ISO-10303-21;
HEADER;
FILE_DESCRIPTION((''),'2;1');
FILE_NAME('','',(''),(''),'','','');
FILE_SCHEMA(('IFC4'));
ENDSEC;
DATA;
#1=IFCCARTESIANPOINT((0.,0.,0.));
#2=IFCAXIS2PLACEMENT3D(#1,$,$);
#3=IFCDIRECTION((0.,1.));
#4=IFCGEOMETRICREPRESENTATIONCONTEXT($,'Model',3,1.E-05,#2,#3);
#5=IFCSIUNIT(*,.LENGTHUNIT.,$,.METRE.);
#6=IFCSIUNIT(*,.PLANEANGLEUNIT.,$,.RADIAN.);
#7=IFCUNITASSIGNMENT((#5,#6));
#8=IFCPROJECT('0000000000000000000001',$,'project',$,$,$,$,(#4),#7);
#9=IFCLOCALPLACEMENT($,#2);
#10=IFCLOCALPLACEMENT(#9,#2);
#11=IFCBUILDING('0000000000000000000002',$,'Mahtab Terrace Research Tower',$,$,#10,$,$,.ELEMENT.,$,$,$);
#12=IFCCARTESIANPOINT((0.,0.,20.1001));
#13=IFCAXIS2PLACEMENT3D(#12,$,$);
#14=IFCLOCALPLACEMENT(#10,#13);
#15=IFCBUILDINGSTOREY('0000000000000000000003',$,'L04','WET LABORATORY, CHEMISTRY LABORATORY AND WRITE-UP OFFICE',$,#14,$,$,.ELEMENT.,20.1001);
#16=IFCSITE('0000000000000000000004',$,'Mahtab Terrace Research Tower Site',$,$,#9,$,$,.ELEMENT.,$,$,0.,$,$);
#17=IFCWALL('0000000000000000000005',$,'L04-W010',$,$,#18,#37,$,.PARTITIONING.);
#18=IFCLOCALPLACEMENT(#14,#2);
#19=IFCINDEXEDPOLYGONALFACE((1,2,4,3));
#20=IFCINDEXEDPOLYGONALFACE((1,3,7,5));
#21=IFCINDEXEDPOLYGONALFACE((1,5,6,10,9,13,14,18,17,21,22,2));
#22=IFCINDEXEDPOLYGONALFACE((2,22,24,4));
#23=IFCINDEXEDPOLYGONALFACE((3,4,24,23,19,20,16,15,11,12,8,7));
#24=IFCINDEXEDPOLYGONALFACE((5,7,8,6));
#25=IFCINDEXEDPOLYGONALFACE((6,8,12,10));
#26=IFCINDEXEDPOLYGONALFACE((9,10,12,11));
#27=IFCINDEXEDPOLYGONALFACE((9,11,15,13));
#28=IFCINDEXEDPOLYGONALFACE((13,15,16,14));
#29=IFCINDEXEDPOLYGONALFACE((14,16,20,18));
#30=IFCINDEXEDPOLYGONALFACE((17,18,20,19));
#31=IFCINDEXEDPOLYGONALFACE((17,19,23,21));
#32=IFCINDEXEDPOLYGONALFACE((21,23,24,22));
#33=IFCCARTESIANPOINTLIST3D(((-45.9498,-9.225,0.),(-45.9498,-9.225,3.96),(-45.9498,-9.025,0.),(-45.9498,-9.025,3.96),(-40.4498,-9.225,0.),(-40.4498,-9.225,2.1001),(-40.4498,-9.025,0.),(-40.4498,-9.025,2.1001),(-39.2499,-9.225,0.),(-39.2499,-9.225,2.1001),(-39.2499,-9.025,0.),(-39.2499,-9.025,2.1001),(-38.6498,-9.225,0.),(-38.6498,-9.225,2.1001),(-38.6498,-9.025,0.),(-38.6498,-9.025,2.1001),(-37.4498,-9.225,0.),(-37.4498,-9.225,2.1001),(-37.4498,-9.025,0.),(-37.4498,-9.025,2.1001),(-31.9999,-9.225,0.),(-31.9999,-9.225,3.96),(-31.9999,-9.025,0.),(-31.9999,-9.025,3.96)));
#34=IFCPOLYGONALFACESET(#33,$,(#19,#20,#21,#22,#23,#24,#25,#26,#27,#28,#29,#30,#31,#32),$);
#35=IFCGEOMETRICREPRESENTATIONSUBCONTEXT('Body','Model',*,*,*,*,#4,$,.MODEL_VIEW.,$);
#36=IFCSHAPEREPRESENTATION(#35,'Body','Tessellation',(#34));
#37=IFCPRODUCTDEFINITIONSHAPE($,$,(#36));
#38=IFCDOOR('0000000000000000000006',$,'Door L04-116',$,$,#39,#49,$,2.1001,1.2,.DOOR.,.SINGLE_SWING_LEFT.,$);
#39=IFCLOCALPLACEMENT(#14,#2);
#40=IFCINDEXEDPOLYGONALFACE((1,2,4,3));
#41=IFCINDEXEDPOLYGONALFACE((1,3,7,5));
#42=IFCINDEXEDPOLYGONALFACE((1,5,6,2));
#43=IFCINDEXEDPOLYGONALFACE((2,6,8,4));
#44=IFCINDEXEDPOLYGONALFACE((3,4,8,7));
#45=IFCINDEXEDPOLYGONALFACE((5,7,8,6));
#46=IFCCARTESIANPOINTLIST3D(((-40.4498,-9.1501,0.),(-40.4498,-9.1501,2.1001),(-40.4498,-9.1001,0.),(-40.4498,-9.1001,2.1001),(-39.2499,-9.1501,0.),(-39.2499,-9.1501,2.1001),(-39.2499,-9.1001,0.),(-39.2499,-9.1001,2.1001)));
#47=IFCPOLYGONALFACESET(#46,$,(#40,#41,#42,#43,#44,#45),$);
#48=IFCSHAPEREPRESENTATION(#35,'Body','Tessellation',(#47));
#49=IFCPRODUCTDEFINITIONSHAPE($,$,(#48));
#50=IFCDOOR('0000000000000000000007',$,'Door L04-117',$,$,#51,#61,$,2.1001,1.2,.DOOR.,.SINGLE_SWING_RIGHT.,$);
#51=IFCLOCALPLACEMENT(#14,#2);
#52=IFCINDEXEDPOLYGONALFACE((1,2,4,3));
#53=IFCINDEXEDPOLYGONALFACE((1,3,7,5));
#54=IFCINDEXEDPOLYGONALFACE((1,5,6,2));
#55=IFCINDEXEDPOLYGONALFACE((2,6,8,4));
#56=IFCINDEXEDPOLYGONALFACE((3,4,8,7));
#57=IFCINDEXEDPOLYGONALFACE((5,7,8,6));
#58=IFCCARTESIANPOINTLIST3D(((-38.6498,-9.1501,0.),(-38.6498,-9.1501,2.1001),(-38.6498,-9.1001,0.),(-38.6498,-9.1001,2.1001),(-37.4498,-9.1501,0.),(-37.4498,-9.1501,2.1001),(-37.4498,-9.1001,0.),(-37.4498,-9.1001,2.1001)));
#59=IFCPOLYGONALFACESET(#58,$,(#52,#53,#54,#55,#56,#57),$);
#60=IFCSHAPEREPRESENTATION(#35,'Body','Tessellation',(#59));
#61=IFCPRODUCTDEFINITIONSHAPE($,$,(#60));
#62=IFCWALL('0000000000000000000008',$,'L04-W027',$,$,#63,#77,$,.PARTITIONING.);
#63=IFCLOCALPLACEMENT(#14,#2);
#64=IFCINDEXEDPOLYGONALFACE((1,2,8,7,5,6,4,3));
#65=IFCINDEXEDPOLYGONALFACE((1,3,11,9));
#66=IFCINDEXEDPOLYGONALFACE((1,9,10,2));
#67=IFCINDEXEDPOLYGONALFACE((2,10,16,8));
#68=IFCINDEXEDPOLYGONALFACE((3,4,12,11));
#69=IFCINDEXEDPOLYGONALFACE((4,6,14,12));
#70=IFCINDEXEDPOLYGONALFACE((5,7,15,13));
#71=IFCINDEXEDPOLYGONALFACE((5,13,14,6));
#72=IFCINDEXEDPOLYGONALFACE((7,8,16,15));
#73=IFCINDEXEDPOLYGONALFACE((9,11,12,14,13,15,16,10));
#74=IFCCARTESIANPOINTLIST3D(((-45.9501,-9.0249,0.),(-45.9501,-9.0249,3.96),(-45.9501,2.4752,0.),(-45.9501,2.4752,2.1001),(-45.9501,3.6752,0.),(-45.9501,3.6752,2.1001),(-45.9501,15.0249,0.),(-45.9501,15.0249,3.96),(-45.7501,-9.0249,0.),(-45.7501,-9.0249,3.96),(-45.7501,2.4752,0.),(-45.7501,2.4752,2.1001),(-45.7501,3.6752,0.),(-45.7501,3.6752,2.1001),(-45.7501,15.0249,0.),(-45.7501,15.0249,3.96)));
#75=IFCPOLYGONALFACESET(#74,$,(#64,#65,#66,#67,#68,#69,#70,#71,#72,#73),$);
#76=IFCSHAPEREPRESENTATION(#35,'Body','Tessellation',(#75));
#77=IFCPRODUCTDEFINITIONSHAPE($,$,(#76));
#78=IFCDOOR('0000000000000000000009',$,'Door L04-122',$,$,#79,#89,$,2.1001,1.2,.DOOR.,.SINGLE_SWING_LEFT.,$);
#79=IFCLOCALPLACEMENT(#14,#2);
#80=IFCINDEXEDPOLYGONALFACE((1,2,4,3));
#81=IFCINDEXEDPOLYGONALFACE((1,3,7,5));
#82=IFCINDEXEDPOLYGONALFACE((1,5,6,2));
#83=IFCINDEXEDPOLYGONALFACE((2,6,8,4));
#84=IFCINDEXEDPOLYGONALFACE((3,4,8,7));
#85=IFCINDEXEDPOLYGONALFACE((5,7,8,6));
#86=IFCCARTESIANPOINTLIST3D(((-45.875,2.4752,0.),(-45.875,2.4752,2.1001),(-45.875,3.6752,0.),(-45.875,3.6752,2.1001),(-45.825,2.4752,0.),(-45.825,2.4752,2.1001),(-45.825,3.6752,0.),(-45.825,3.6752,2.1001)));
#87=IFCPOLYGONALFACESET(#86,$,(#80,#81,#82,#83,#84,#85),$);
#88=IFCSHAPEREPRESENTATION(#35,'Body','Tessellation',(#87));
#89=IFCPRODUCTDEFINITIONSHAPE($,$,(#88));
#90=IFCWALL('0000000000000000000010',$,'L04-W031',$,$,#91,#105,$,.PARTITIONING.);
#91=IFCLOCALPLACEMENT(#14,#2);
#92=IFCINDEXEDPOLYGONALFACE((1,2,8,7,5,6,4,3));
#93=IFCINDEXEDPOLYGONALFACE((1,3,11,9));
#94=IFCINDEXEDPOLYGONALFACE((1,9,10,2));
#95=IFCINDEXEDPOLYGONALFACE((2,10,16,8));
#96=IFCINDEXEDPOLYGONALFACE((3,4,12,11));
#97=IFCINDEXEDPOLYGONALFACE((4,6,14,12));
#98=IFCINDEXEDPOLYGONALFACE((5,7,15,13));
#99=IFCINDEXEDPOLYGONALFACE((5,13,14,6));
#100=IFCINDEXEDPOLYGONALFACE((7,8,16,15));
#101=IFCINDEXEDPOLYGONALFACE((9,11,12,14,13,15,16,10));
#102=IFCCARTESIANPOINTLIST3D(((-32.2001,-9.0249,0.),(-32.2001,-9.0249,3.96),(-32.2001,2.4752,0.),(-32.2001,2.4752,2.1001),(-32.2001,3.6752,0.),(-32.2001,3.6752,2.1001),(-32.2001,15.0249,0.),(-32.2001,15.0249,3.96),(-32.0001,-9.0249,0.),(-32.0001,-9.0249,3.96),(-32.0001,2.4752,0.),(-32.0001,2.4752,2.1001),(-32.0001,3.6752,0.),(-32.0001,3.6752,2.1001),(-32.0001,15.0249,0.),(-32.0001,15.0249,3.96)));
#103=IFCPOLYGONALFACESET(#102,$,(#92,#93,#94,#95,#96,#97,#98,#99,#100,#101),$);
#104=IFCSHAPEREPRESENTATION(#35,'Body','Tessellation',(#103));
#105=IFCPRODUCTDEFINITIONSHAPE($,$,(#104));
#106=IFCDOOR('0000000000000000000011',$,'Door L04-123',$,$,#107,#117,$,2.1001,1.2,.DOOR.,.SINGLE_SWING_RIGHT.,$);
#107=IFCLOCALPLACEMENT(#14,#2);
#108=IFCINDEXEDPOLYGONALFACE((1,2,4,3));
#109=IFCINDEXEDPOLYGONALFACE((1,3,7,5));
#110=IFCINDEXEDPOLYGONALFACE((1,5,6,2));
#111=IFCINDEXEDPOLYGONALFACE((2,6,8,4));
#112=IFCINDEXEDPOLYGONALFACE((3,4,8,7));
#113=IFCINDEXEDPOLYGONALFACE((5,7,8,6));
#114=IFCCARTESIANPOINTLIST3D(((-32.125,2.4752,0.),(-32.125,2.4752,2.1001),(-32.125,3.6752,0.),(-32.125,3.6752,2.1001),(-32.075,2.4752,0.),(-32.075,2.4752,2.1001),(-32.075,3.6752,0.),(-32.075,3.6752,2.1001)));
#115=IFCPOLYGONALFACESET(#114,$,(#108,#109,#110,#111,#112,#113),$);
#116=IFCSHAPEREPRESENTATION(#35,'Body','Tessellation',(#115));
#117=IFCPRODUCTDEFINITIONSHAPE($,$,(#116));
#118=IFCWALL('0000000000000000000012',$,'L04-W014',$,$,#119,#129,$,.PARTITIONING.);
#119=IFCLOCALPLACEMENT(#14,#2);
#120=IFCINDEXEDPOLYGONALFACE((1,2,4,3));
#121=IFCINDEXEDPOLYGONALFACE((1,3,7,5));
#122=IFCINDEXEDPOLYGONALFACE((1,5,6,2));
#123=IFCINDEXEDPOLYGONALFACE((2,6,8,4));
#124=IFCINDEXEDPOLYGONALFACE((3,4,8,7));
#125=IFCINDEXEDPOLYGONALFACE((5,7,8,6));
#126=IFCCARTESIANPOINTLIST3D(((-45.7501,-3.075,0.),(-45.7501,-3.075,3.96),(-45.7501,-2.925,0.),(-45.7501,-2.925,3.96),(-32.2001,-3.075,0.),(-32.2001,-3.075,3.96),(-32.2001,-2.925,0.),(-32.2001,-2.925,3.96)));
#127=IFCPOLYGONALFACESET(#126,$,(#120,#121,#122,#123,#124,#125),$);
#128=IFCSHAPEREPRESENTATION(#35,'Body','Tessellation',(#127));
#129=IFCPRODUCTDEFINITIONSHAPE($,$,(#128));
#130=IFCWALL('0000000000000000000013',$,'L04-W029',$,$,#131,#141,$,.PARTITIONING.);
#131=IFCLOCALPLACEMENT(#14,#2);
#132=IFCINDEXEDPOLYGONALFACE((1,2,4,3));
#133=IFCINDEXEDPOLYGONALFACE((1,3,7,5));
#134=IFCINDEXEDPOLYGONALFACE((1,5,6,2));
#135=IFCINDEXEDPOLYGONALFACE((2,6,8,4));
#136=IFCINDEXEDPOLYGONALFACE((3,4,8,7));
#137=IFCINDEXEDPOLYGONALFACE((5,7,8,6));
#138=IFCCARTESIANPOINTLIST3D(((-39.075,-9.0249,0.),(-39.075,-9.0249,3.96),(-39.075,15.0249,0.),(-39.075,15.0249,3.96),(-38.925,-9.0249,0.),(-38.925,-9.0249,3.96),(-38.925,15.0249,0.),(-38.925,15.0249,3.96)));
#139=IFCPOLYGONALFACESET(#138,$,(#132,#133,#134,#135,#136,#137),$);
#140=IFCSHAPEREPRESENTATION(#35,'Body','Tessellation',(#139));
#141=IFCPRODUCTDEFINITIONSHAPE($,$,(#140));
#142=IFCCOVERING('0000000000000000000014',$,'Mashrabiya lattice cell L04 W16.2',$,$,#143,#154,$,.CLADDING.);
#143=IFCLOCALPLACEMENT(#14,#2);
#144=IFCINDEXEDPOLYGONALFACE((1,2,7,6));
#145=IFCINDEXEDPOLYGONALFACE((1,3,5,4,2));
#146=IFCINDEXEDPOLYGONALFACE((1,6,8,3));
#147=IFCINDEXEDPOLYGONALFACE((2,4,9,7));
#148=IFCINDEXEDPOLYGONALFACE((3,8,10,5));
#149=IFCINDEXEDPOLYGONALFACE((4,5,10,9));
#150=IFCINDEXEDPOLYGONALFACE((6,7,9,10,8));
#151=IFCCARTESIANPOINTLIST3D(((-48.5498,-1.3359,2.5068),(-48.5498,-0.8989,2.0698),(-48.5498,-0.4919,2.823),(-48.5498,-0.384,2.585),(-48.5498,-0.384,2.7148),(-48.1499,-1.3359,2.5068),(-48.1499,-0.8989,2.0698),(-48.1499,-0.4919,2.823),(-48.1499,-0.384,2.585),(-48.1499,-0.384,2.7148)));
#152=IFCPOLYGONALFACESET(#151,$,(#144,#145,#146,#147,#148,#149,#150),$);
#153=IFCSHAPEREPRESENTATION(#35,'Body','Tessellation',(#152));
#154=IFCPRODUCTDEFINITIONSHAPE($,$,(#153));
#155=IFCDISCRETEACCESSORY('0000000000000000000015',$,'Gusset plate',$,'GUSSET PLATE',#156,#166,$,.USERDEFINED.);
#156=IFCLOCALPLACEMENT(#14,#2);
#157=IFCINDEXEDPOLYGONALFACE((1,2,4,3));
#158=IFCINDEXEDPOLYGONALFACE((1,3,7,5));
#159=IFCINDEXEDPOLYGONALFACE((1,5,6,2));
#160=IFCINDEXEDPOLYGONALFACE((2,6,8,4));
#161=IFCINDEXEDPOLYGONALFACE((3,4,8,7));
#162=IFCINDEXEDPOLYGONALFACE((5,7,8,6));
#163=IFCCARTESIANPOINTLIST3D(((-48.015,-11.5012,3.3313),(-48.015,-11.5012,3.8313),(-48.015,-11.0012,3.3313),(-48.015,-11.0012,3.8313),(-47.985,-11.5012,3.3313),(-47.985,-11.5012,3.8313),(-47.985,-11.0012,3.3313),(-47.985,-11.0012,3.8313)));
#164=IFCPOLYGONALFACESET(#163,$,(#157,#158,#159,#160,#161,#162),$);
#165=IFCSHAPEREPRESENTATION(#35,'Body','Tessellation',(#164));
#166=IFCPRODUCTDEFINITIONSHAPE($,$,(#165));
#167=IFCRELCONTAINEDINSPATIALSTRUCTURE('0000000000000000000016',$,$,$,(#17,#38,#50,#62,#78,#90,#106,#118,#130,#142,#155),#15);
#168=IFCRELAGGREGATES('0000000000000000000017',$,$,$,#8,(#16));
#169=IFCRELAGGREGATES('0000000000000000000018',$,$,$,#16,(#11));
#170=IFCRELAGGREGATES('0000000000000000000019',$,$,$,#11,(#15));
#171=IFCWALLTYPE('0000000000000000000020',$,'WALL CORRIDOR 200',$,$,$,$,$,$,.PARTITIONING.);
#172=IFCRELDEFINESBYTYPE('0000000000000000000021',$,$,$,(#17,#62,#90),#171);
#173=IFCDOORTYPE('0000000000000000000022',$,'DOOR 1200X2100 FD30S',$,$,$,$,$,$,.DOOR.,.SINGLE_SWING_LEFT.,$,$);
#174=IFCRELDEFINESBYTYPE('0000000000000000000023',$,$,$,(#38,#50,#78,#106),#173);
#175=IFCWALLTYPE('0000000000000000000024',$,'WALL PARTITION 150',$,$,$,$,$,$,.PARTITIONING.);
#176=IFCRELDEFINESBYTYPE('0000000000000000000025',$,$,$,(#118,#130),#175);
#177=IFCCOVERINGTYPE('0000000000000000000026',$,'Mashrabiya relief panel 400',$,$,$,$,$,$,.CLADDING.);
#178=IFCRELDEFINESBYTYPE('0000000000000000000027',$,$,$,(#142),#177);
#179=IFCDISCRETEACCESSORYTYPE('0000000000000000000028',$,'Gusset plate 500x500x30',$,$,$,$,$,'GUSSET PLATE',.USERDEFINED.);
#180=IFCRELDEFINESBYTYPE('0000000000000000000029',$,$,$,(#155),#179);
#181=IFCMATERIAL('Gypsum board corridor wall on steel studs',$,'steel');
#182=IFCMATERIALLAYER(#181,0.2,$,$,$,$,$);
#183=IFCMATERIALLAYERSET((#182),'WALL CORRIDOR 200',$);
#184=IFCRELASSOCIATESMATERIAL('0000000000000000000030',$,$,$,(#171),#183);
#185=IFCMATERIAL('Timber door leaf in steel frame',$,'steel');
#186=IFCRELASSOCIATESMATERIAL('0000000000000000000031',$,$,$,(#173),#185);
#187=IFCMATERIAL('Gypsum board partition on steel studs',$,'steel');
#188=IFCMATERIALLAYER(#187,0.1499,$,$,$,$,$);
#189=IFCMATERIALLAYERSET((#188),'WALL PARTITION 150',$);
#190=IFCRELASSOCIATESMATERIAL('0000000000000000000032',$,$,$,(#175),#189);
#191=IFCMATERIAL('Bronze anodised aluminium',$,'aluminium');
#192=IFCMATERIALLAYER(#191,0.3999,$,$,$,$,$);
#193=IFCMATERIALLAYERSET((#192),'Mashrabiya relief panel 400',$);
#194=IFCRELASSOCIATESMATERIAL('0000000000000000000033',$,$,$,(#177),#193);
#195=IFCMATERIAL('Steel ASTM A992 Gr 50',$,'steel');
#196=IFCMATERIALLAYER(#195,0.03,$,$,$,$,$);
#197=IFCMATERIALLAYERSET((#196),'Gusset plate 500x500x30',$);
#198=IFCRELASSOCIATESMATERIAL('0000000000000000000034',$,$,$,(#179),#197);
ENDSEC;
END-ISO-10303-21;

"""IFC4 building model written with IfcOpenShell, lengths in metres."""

from ifc_helpers import new_model, si_unit, direction, frame, frame_2d, origin, origin_2d, place, context, subcontext, project, spatial, polyline, rectangle, outline, extrude, material, layer, layer_set, type_object, element, fill, save


model = new_model("IFC4")

# Units and contexts
model_context = context("Model", 3, precision=1e-05, world=origin(), true_north=direction((0.0, 1.0)))
body_context = subcontext(model_context, "Body", "Model", "MODEL_VIEW")
ifc_project = project(units=[si_unit("LENGTHUNIT", "METRE"), si_unit("PLANEANGLEUNIT", "RADIAN")], contexts=[model_context])

# Site, building, storey
site_placement = place(None, origin())
site = spatial("IfcSite", under=ifc_project, at=site_placement, Name="Mahtab Terrace Research Tower Site", CompositionType="ELEMENT", RefElevation=0.0)
building_placement = place(site_placement, origin())
building = spatial("IfcBuilding", under=site, at=building_placement, Name="Mahtab Terrace Research Tower", CompositionType="ELEMENT")
storey_placement = place(building_placement, frame((0.0, 0.0, 20.1001)))
storey = spatial("IfcBuildingStorey", under=building, at=storey_placement, Name="L04", Description="WET LABORATORY, CHEMISTRY LABORATORY AND WRITE-UP OFFICE", CompositionType="ELEMENT", Elevation=20.1001)

# Shared definitions
ifc_material_1 = material(Name="Steel ASTM A992 Gr 50", Category="steel")

# Shared definitions
ifc_material_2 = material(Name="Gypsum board corridor wall on steel studs", Category="steel")
ifc_layer_1 = layer(ifc_material_2, 0.2)
ifc_layer_set_1 = layer_set([ifc_layer_1], Name="WALL CORRIDOR 200")
wall_type_1 = type_object("IfcWallType", Name="WALL CORRIDOR 200", PredefinedType="PARTITIONING", material=ifc_layer_set_1)
ifc_material_3 = material(Name="Timber door leaf in steel frame", Category="steel")
door_type = type_object("IfcDoorType", Name="DOOR 1200X2100 FD30S", OperationType="SINGLE_SWING_LEFT", PredefinedType="DOOR", material=ifc_material_3)

# Wall, openings, doors
wall_1_placement = place(storey_placement, frame((-45.95, -9.125, 0.0), z_axis=(0.0, 0.0, 1.0), x_axis=(1.0, 0.0, 0.0)))
wall_1 = element("IfcWall", 1, at=wall_1_placement, inside=storey, type_object=wall_type_1, Name="L04-W010", PredefinedType="PARTITIONING", context=body_context, shape_type="SweptSolid", body=[
    extrude(rectangle(XDim=13.95, YDim=0.2, at=frame_2d((6.9751, 0.0))), origin(), (0.0, 0.0, 1.0), 3.96),
])
opening_1_placement = place(wall_1_placement, frame((5.5, 0.0, 0.0)))
opening_1 = element("IfcOpeningElement", 2, at=opening_1_placement, cuts=wall_1, PredefinedType="OPENING", context=body_context, shape_type="SweptSolid", body=[
    extrude(rectangle(XDim=1.2, YDim=2.1001, at=frame_2d((0.6001, 1.05))), frame((0.0, 0.1099, 0.0), z_axis=(0.0, -1.0, 0.0), x_axis=(1.0, 0.0, 0.0)), (0.0, 0.0, 1.0), 0.22),
])
opening_2_placement = place(wall_1_placement, frame((7.3, 0.0, 0.0)))
opening_2 = element("IfcOpeningElement", 3, at=opening_2_placement, cuts=wall_1, PredefinedType="OPENING", context=body_context, shape_type="SweptSolid", body=[
    extrude(rectangle(XDim=1.2, YDim=2.1001, at=frame_2d((0.6001, 1.05))), frame((0.0, 0.1099, 0.0), z_axis=(0.0, -1.0, 0.0), x_axis=(1.0, 0.0, 0.0)), (0.0, 0.0, 1.0), 0.22),
])
door_1_placement = place(opening_1_placement, origin())
door_1 = element("IfcDoor", 4, at=door_1_placement, inside=storey, type_object=door_type, Name="Door L04-116", OperationType="SINGLE_SWING_LEFT", OverallHeight=2.1001, OverallWidth=1.2, PredefinedType="DOOR", context=body_context, shape_type="SweptSolid", body=[
    extrude(rectangle(XDim=1.2, YDim=2.1001, at=frame_2d((0.6001, 1.05))), frame((0.0, 0.0249, 0.0), z_axis=(0.0, -1.0, 0.0), x_axis=(1.0, 0.0, 0.0)), (0.0, 0.0, 1.0), 0.05),
])
fill(opening_1, door_1)
door_2_placement = place(opening_2_placement, origin())
door_2 = element("IfcDoor", 5, at=door_2_placement, inside=storey, type_object=door_type, Name="Door L04-117", OperationType="SINGLE_SWING_RIGHT", OverallHeight=2.1001, OverallWidth=1.2, PredefinedType="DOOR", context=body_context, shape_type="SweptSolid", body=[
    extrude(rectangle(XDim=1.2, YDim=2.1001, at=frame_2d((0.6001, 1.05))), frame((0.0, 0.0249, 0.0), z_axis=(0.0, -1.0, 0.0), x_axis=(1.0, 0.0, 0.0)), (0.0, 0.0, 1.0), 0.05),
])
fill(opening_2, door_2)

# Walls, openings, doors
wall_2_placement = place(storey_placement, frame((-45.8501, -9.0249, 0.0), z_axis=(0.0, 0.0, 1.0), x_axis=(0.0, 1.0, 0.0)))
wall_2 = element("IfcWall", 6, at=wall_2_placement, inside=storey, type_object=wall_type_1, Name="L04-W027", PredefinedType="PARTITIONING", context=body_context, shape_type="SweptSolid", body=[
    extrude(rectangle(XDim=24.0498, YDim=0.2, at=frame_2d((12.0249, 0.0))), origin(), (0.0, 0.0, 1.0), 3.96),
])
opening_3_placement = place(wall_2_placement, frame((11.5, 0.0, 0.0)))
opening_3 = element("IfcOpeningElement", 7, at=opening_3_placement, cuts=wall_2, PredefinedType="OPENING", context=body_context, shape_type="SweptSolid", body=[
    extrude(rectangle(XDim=1.2, YDim=2.1001, at=frame_2d((0.6001, 1.05))), frame((0.0, 0.1099, 0.0), z_axis=(0.0, -1.0, 0.0), x_axis=(1.0, 0.0, 0.0)), (0.0, 0.0, 1.0), 0.22),
])
door_3_placement = place(opening_3_placement, origin())
door_3 = element("IfcDoor", 8, at=door_3_placement, inside=storey, type_object=door_type, Name="Door L04-122", OperationType="SINGLE_SWING_LEFT", OverallHeight=2.1001, OverallWidth=1.2, PredefinedType="DOOR", context=body_context, shape_type="SweptSolid", body=[
    extrude(rectangle(XDim=1.2, YDim=2.1001, at=frame_2d((0.6001, 1.05))), frame((0.0, 0.0249, 0.0), z_axis=(0.0, -1.0, 0.0), x_axis=(1.0, 0.0, 0.0)), (0.0, 0.0, 1.0), 0.05),
])
fill(opening_3, door_3)
wall_3_placement = place(storey_placement, frame((-32.1001, -9.0249, 0.0), z_axis=(0.0, 0.0, 1.0), x_axis=(0.0, 1.0, 0.0)))
wall_3 = element("IfcWall", 9, at=wall_3_placement, inside=storey, type_object=wall_type_1, Name="L04-W031", PredefinedType="PARTITIONING", context=body_context, shape_type="SweptSolid", body=[
    extrude(rectangle(XDim=24.0498, YDim=0.2, at=frame_2d((12.0249, 0.0))), origin(), (0.0, 0.0, 1.0), 3.96),
])
opening_4_placement = place(wall_3_placement, frame((11.5, 0.0, 0.0)))
opening_4 = element("IfcOpeningElement", 10, at=opening_4_placement, cuts=wall_3, PredefinedType="OPENING", context=body_context, shape_type="SweptSolid", body=[
    extrude(rectangle(XDim=1.2, YDim=2.1001, at=frame_2d((0.6001, 1.05))), frame((0.0, 0.1099, 0.0), z_axis=(0.0, -1.0, 0.0), x_axis=(1.0, 0.0, 0.0)), (0.0, 0.0, 1.0), 0.22),
])
door_4_placement = place(opening_4_placement, origin())
door_4 = element("IfcDoor", 11, at=door_4_placement, inside=storey, type_object=door_type, Name="Door L04-123", OperationType="SINGLE_SWING_RIGHT", OverallHeight=2.1001, OverallWidth=1.2, PredefinedType="DOOR", context=body_context, shape_type="SweptSolid", body=[
    extrude(rectangle(XDim=1.2, YDim=2.1001, at=frame_2d((0.6001, 1.05))), frame((0.0, 0.0249, 0.0), z_axis=(0.0, -1.0, 0.0), x_axis=(1.0, 0.0, 0.0)), (0.0, 0.0, 1.0), 0.05),
])
fill(opening_4, door_4)

# Walls
ifc_material_4 = material(Name="Gypsum board partition on steel studs", Category="steel")
ifc_layer_2 = layer(ifc_material_4, 0.1499)
ifc_layer_set_2 = layer_set([ifc_layer_2], Name="WALL PARTITION 150")
wall_type_2 = type_object("IfcWallType", Name="WALL PARTITION 150", PredefinedType="PARTITIONING", material=ifc_layer_set_2)
wall_4_placement = place(storey_placement, frame((-45.75, -3.0, 0.0), z_axis=(0.0, 0.0, 1.0), x_axis=(1.0, 0.0, 0.0)))
element("IfcWall", 12, at=wall_4_placement, inside=storey, type_object=wall_type_2, Name="L04-W014", PredefinedType="PARTITIONING", context=body_context, shape_type="SweptSolid", body=[
    extrude(rectangle(XDim=13.55, YDim=0.1499, at=frame_2d((6.7749, 0.0))), origin(), (0.0, 0.0, 1.0), 3.96),
])
wall_5_placement = place(storey_placement, frame((-39.0, -9.0249, 0.0), z_axis=(0.0, 0.0, 1.0), x_axis=(0.0, 1.0, 0.0)))
element("IfcWall", 13, at=wall_5_placement, inside=storey, type_object=wall_type_2, Name="L04-W029", PredefinedType="PARTITIONING", context=body_context, shape_type="SweptSolid", body=[
    extrude(rectangle(XDim=24.0498, YDim=0.1499, at=frame_2d((12.0249, 0.0))), origin(), (0.0, 0.0, 1.0), 3.96),
])

# Covering
ifc_material_5 = material(Name="Bronze anodised aluminium", Category="aluminium")
ifc_layer_3 = layer(ifc_material_5, 0.3999)
ifc_layer_set_3 = layer_set([ifc_layer_3], Name="Mashrabiya relief panel 400")
covering_type = type_object("IfcCoveringType", Name="Mashrabiya relief panel 400", PredefinedType="CLADDING", material=ifc_layer_set_3)
covering_placement = place(storey_placement, frame((-48.1499, -0.8989, 2.0698), z_axis=(1.0, 0.0, 0.0), x_axis=(0.0, 0.706939, 0.707274)))
element("IfcCovering", 14, at=covering_placement, inside=storey, type_object=covering_type, Name="Mashrabiya lattice cell L04 W16.2", PredefinedType="CLADDING", context=body_context, shape_type="SweptSolid", body=[
    extrude(outline(polyline([(0.0, 0.0), (0.7283, 0.0), (0.8202, 0.0918), (0.8204, 0.2446), (0.0001, 0.618), (0.0, 0.0)])), origin(), (0.0, 0.0, -1.0), 0.3999),
])

# Discrete accessory
ifc_layer_4 = layer(ifc_material_1, 0.03)
ifc_layer_set_4 = layer_set([ifc_layer_4], Name="Gusset plate 500x500x30")
discrete_accessory_type = type_object("IfcDiscreteAccessoryType", Name="Gusset plate 500x500x30", ElementType="GUSSET PLATE", PredefinedType="USERDEFINED", material=ifc_layer_set_4)
for number, where, z_axis, x_axis, name in (
    (15, (-48.0, -11.2512, 3.3313), (0.0, 0.0, 1.0), (0.0, 1.0, 0.0), "Gusset plate"),
):
    element("IfcDiscreteAccessory", number, at=place(storey_placement, frame(where, z_axis=z_axis, x_axis=x_axis)), inside=storey, type_object=discrete_accessory_type, Name=name, ObjectType="GUSSET PLATE", PredefinedType="USERDEFINED", context=body_context, shape_type="SweptSolid", body=[
        extrude(rectangle(XDim=0.5, YDim=0.03, at=origin_2d()), origin(), (0.0, 0.0, 1.0), 0.5),
    ])

save(model, "model.ifc")
